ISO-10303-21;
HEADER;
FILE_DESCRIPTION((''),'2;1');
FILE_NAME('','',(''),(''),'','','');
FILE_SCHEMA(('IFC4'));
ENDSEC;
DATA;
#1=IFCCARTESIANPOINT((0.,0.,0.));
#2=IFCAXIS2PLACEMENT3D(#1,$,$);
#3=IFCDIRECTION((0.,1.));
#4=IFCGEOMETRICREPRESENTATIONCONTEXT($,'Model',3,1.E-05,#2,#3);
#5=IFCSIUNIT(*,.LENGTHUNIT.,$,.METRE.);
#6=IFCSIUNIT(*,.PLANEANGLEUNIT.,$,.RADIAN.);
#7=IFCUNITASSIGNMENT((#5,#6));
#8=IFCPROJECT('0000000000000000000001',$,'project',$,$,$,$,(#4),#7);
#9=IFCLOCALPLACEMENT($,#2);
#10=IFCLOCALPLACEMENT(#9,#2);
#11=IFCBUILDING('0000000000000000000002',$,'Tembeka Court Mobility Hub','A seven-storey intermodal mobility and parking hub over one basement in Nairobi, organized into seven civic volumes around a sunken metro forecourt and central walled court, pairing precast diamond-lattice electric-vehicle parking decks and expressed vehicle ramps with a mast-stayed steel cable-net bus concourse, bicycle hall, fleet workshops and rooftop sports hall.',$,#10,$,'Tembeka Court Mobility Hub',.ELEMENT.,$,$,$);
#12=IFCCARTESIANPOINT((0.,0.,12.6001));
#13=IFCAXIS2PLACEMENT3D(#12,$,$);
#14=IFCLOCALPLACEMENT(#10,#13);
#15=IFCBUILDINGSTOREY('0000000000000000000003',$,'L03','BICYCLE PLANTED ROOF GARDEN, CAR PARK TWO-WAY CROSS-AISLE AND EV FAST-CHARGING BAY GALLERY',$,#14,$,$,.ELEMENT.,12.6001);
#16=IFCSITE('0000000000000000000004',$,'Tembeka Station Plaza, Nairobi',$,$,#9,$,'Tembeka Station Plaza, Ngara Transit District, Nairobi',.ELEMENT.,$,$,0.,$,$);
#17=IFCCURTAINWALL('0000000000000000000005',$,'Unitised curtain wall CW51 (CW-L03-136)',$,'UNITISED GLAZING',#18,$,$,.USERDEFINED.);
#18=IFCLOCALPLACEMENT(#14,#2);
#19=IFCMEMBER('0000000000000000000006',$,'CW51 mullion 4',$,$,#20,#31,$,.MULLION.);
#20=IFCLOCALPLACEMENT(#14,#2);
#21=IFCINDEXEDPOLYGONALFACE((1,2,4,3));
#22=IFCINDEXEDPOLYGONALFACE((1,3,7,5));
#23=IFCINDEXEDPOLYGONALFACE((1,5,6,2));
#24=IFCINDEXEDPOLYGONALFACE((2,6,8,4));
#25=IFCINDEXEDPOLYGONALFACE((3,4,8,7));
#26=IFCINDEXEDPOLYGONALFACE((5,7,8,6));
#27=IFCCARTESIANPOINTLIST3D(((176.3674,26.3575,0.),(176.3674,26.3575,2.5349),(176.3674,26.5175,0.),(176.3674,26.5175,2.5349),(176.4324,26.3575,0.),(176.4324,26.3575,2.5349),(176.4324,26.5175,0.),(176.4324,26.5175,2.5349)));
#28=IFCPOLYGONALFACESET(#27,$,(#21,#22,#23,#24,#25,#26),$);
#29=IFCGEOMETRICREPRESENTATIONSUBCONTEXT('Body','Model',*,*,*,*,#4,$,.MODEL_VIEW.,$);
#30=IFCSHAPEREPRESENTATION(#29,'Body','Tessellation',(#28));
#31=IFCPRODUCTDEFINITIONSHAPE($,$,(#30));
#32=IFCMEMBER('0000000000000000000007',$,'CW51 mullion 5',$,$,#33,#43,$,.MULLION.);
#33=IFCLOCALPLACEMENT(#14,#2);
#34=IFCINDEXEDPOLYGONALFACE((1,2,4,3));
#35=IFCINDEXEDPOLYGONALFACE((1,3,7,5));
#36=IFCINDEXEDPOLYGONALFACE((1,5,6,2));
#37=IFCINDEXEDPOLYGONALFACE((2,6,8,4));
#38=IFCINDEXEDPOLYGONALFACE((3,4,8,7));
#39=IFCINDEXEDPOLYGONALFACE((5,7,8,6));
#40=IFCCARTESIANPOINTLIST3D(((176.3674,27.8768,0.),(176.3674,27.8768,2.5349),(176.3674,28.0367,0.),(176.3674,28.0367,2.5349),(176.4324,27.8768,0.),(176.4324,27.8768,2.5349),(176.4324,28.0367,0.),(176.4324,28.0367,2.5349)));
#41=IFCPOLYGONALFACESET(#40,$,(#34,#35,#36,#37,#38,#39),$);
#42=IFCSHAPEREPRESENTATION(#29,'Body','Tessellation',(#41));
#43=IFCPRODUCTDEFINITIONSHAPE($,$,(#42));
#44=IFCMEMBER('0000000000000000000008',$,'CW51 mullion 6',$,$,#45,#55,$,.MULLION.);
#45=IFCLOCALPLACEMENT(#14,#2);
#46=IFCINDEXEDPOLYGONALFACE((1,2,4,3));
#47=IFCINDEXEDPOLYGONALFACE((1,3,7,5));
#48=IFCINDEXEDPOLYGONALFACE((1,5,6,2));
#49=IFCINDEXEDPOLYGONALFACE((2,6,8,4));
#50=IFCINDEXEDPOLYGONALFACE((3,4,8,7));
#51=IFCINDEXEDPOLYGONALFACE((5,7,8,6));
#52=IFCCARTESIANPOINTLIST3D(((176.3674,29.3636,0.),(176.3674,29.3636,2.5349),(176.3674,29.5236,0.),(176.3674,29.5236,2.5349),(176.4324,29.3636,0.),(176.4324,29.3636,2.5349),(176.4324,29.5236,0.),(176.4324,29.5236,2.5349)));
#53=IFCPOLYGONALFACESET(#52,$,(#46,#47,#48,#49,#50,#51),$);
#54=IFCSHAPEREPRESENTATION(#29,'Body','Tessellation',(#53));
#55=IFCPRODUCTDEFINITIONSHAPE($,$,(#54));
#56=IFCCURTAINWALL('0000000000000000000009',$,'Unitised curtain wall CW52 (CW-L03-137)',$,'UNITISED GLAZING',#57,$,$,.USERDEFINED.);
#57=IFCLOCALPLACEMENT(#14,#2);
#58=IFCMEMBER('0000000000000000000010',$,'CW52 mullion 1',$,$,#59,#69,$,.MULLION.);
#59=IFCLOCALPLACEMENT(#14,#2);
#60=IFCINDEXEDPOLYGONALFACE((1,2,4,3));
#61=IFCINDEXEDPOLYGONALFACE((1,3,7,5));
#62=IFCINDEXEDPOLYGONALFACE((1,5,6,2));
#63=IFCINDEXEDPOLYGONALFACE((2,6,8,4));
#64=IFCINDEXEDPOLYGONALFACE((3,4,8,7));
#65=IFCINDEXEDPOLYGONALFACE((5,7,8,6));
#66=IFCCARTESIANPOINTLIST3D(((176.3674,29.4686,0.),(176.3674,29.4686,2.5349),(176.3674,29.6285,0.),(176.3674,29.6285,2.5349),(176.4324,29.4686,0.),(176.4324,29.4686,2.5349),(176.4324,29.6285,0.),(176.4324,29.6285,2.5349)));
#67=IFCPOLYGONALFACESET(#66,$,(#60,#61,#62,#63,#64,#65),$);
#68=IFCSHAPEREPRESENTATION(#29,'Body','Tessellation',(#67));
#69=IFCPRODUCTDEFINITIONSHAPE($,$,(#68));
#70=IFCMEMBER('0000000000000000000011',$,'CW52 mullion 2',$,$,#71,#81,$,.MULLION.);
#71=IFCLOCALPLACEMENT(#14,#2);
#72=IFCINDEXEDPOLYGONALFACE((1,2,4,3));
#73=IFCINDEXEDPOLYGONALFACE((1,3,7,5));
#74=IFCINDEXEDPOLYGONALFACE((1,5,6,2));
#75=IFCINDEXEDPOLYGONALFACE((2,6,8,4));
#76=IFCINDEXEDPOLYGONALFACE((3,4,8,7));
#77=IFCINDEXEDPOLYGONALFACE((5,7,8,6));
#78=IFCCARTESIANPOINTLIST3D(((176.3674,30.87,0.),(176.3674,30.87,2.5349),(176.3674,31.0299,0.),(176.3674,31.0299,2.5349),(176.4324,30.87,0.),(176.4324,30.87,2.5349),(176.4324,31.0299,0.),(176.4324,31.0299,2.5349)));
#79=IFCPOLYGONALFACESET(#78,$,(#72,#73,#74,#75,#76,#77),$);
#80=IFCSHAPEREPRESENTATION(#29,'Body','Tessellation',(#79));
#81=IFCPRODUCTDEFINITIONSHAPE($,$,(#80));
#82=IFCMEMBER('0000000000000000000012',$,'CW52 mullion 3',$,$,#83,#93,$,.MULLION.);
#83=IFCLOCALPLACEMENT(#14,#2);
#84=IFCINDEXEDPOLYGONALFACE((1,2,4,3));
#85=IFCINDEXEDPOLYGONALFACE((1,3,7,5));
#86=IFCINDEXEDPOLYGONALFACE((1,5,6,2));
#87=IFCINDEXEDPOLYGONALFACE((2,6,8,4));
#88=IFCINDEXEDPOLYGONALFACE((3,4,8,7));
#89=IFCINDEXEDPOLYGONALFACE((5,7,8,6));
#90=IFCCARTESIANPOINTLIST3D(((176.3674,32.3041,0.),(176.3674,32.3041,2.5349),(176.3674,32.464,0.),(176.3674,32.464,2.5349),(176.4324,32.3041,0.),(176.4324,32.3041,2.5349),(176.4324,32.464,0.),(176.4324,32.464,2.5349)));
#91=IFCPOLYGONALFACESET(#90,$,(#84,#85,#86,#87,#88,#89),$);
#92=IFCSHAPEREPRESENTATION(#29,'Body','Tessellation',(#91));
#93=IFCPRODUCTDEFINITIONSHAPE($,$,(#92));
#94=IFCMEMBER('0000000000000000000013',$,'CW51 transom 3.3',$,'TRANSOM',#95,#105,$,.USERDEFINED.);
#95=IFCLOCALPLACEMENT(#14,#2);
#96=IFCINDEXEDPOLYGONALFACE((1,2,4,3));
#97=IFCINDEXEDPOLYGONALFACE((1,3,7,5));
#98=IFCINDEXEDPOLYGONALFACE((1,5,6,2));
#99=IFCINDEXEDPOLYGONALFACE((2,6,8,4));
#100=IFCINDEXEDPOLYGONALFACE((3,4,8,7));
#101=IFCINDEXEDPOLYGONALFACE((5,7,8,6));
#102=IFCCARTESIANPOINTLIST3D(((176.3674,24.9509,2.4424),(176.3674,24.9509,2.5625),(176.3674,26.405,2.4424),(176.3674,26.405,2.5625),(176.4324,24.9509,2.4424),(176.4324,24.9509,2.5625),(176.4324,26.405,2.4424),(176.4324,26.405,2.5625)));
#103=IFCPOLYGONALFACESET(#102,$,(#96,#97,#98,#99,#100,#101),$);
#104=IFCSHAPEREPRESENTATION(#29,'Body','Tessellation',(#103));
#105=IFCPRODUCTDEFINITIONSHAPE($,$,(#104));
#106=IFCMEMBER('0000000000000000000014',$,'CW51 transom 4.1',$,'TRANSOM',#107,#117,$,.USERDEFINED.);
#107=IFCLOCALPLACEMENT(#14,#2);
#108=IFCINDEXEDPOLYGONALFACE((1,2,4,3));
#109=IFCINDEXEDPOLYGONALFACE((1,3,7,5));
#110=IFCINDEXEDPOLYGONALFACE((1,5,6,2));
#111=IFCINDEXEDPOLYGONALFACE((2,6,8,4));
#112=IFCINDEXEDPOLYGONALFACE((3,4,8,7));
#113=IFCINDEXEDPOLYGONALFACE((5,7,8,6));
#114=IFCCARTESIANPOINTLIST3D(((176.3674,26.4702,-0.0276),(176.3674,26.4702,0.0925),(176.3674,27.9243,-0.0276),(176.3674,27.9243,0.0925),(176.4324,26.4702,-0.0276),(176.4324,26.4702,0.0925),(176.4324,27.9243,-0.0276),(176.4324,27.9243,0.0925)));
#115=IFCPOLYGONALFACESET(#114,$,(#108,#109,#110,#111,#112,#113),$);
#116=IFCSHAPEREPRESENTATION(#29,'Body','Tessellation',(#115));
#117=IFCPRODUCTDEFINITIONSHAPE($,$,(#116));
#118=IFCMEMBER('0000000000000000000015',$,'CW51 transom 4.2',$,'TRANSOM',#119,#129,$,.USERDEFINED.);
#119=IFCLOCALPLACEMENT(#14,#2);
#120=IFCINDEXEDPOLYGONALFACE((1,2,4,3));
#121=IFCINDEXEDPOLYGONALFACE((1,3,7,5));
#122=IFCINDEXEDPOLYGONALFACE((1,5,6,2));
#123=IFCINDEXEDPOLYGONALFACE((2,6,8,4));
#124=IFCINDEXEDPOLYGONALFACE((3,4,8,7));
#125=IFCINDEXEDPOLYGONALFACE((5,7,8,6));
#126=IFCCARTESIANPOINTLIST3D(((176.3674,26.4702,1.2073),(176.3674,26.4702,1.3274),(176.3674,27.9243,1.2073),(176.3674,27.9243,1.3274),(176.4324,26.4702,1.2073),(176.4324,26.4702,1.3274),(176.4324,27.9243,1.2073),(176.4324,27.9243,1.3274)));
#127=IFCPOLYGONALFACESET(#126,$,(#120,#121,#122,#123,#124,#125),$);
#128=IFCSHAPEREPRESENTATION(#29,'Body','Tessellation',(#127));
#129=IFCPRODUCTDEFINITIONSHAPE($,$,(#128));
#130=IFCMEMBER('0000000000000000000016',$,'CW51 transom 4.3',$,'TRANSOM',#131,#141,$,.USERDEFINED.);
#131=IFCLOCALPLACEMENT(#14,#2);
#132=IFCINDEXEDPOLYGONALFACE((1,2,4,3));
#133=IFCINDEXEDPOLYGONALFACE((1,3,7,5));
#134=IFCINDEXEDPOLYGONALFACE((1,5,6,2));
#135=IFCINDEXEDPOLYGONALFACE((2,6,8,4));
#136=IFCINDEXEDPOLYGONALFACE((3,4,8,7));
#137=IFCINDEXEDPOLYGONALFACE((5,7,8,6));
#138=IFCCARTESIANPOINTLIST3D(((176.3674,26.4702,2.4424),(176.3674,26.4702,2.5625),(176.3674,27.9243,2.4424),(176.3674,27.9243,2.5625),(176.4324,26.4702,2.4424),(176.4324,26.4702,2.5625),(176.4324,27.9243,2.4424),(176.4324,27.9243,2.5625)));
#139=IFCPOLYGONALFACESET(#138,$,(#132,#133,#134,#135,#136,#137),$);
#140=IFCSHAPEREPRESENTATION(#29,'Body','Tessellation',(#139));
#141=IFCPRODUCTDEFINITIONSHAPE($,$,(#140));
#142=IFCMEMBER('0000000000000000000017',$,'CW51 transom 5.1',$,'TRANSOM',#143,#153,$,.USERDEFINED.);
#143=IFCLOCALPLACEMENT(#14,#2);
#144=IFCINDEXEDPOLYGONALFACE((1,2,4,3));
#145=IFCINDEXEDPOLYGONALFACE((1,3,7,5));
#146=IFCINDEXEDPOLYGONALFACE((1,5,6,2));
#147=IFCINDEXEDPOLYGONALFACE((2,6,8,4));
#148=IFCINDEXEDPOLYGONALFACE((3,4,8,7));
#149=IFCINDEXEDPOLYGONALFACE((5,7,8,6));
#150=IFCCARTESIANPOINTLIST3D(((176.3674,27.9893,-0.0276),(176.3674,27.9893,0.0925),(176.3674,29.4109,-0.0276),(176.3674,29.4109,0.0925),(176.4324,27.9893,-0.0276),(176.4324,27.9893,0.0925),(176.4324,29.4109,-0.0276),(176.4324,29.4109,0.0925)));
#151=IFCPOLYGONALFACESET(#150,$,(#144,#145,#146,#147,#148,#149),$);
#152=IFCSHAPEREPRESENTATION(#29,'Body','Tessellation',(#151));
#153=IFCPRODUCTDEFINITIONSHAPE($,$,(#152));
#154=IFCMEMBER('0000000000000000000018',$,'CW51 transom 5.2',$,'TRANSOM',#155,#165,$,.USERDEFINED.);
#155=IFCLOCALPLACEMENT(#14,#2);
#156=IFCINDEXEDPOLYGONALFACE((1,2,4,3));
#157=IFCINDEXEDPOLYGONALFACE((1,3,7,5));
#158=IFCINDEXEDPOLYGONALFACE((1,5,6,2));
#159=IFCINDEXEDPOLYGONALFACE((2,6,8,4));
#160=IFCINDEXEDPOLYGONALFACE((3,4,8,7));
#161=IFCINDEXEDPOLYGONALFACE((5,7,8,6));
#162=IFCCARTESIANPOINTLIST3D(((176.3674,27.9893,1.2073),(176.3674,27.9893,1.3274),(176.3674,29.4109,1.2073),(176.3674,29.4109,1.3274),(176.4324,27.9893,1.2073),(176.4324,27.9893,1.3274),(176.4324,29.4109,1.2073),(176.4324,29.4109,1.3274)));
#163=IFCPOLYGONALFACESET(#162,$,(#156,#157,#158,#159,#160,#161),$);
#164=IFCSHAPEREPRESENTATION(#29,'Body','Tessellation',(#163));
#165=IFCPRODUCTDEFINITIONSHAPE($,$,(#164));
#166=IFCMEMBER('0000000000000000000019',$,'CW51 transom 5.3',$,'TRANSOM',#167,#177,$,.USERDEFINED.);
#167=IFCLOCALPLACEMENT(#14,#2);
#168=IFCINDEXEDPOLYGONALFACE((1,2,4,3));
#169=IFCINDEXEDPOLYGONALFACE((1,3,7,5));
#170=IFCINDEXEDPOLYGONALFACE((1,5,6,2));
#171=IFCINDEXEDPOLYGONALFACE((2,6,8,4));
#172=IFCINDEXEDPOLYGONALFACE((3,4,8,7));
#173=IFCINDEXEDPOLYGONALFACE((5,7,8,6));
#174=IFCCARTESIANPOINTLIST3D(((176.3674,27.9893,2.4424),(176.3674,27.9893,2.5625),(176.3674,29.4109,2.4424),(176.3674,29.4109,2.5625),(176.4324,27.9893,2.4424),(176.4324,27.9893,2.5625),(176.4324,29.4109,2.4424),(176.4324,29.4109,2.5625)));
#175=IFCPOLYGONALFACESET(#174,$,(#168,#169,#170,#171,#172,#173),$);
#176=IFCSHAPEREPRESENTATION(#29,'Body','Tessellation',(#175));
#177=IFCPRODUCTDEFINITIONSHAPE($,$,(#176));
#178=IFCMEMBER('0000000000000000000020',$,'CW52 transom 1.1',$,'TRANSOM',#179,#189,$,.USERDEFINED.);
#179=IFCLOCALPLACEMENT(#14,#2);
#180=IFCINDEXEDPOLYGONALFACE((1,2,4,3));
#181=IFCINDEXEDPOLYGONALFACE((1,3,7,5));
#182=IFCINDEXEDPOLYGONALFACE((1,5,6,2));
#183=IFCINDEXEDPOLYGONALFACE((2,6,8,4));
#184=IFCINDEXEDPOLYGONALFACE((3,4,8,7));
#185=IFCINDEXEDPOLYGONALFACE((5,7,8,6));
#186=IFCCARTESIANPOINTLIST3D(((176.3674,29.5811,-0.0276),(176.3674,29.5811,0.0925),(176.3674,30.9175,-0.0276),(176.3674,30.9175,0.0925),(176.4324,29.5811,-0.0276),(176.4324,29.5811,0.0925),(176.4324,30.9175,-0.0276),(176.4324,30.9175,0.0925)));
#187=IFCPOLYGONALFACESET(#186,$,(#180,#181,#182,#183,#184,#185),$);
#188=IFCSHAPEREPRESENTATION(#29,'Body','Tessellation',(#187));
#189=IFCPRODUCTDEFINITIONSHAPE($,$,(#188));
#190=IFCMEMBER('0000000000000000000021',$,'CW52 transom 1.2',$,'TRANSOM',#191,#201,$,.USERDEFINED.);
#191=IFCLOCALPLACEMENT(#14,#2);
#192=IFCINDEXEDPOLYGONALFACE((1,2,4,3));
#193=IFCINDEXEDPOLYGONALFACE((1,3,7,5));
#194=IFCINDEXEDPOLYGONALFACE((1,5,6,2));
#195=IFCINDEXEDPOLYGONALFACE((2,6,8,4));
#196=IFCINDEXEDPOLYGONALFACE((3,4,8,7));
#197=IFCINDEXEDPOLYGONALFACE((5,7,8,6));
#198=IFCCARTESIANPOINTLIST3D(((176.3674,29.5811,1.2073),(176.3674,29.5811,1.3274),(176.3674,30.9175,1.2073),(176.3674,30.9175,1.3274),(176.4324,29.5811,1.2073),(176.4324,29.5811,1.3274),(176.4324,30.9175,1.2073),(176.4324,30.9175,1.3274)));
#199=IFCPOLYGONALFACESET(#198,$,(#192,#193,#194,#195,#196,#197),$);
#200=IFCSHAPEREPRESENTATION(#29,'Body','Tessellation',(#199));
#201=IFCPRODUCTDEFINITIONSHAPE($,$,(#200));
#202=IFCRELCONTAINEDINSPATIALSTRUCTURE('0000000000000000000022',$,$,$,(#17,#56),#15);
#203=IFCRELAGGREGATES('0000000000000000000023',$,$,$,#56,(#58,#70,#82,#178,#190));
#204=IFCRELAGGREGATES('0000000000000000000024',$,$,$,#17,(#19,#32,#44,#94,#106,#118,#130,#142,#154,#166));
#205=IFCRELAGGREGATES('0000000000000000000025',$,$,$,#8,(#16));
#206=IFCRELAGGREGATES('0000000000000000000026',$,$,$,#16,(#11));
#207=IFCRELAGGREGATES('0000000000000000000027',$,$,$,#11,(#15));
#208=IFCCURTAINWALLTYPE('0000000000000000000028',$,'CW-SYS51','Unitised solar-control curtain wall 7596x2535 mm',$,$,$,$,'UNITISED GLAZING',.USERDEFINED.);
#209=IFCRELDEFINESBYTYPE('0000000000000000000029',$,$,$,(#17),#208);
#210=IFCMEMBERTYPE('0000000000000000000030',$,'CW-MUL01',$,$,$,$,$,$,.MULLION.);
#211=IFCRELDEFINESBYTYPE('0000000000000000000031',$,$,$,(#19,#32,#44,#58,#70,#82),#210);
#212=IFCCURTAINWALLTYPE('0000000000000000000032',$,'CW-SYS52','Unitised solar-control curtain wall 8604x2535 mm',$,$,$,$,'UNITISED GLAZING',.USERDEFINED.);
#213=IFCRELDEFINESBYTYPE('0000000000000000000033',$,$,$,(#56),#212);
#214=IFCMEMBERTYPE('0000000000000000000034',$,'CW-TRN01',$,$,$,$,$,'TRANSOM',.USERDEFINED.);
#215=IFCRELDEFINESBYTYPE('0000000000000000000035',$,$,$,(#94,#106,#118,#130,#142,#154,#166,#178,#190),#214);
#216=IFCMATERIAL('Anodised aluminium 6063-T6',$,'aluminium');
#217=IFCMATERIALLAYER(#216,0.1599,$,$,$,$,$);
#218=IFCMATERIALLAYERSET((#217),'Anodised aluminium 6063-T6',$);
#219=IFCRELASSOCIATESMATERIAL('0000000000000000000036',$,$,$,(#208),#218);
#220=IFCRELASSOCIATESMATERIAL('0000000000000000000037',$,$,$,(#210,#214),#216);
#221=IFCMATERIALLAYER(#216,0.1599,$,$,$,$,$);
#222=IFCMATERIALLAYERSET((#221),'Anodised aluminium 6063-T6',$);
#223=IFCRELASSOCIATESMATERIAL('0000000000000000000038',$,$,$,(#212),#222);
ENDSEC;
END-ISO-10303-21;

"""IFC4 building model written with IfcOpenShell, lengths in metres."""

from ifc_helpers import new_model, si_unit, direction, frame, origin, origin_2d, place, context, subcontext, project, spatial, rectangle, extrude, material, layer, layer_set, material_profile, profile_set, type_object, element, aggregate, save


model = new_model("IFC4")

# Units and contexts
model_context = context("Model", 3, precision=1e-05, world=origin(), true_north=direction((0.0, 1.0)))
body_context = subcontext(model_context, "Body", "Model", "MODEL_VIEW")
ifc_project = project(units=[si_unit("LENGTHUNIT", "METRE"), si_unit("PLANEANGLEUNIT", "RADIAN")], contexts=[model_context])

# Site, building, storey
site_placement = place(None, origin())
site = spatial("IfcSite", under=ifc_project, at=site_placement, Name="Tembeka Station Plaza, Nairobi", LongName="Tembeka Station Plaza, Ngara Transit District, Nairobi", CompositionType="ELEMENT", RefElevation=0.0)
building_placement = place(site_placement, origin())
building = spatial("IfcBuilding", under=site, at=building_placement, Name="Tembeka Court Mobility Hub", Description="A seven-storey intermodal mobility and parking hub over one basement in Nairobi, organized into seven civic volumes around a sunken metro forecourt and central walled court, pairing precast diamond-lattice electric-vehicle parking decks and expressed vehicle ramps with a mast-stayed steel cable-net bus concourse, bicycle hall, fleet workshops and rooftop sports hall.", LongName="Tembeka Court Mobility Hub", CompositionType="ELEMENT")
storey_placement = place(building_placement, frame((0.0, 0.0, 12.6001)))
storey = spatial("IfcBuildingStorey", under=building, at=storey_placement, Name="L03", Description="BICYCLE PLANTED ROOF GARDEN, CAR PARK TWO-WAY CROSS-AISLE AND EV FAST-CHARGING BAY GALLERY", CompositionType="ELEMENT", Elevation=12.6001)

# Curtain walls, members
ifc_material_1 = material(Name="Anodised aluminium 6063-T6", Category="aluminium")
ifc_layer_1 = layer(ifc_material_1, 0.1599)
ifc_layer_set_1 = layer_set([ifc_layer_1], Name="Anodised aluminium 6063-T6")
curtain_wall_type_1 = type_object("IfcCurtainWallType", Name="CW-SYS51", Description="Unitised solar-control curtain wall 7596x2535 mm", ElementType="UNITISED GLAZING", PredefinedType="USERDEFINED", material=ifc_layer_set_1)
curtain_wall_1_placement = place(storey_placement, origin())
curtain_wall_1 = element("IfcCurtainWall", 1, at=curtain_wall_1_placement, inside=storey, type_object=curtain_wall_type_1, Name="Unitised curtain wall CW51 (CW-L03-136)", ObjectType="UNITISED GLAZING", PredefinedType="USERDEFINED")
ifc_material_profile_1 = material_profile(ifc_material_1, rectangle(XDim=0.0649, YDim=0.1599, at=origin_2d()), Name="ALU-MUL 65x160")
ifc_profile_set_1 = profile_set([ifc_material_profile_1], Name="Anodised aluminium 6063-T6")
member_type_1 = type_object("IfcMemberType", Name="CW-MUL01", PredefinedType="MULLION", material=ifc_profile_set_1)
member_1_placement = place(storey_placement, frame((176.3999, 26.4375, 0.0), z_axis=(0.0, 0.0, 1.0), x_axis=(-1.0, 0.0, 0.0)))
member_1 = element("IfcMember", 2, at=member_1_placement, type_object=member_type_1, Name="CW51 mullion 4", PredefinedType="MULLION", context=body_context, shape_type="SweptSolid", body=[
    extrude(rectangle(XDim=0.0649, YDim=0.1599, at=origin_2d()), origin(), (0.0, 0.0, 1.0), 2.5349),
])
member_2_placement = place(storey_placement, frame((176.3999, 27.9568, 0.0), z_axis=(0.0, 0.0, 1.0), x_axis=(-1.0, 0.0, 0.0)))
member_2 = element("IfcMember", 3, at=member_2_placement, type_object=member_type_1, Name="CW51 mullion 5", PredefinedType="MULLION", context=body_context, shape_type="SweptSolid", body=[
    extrude(rectangle(XDim=0.0649, YDim=0.1599, at=origin_2d()), origin(), (0.0, 0.0, 1.0), 2.5349),
])
member_3_placement = place(storey_placement, frame((176.3999, 29.4436, 0.0), z_axis=(0.0, 0.0, 1.0), x_axis=(-1.0, 0.0, 0.0)))
member_3 = element("IfcMember", 4, at=member_3_placement, type_object=member_type_1, Name="CW51 mullion 6", PredefinedType="MULLION", context=body_context, shape_type="SweptSolid", body=[
    extrude(rectangle(XDim=0.0649, YDim=0.1599, at=origin_2d()), origin(), (0.0, 0.0, 1.0), 2.5349),
])
ifc_layer_2 = layer(ifc_material_1, 0.1599)
ifc_layer_set_2 = layer_set([ifc_layer_2], Name="Anodised aluminium 6063-T6")
curtain_wall_type_2 = type_object("IfcCurtainWallType", Name="CW-SYS52", Description="Unitised solar-control curtain wall 8604x2535 mm", ElementType="UNITISED GLAZING", PredefinedType="USERDEFINED", material=ifc_layer_set_2)
curtain_wall_2_placement = place(storey_placement, origin())
curtain_wall_2 = element("IfcCurtainWall", 5, at=curtain_wall_2_placement, inside=storey, type_object=curtain_wall_type_2, Name="Unitised curtain wall CW52 (CW-L03-137)", ObjectType="UNITISED GLAZING", PredefinedType="USERDEFINED")
member_4_placement = place(storey_placement, frame((176.3999, 29.5486, 0.0), z_axis=(0.0, 0.0, 1.0), x_axis=(-1.0, 0.0, 0.0)))
member_4 = element("IfcMember", 6, at=member_4_placement, type_object=member_type_1, Name="CW52 mullion 1", PredefinedType="MULLION", context=body_context, shape_type="SweptSolid", body=[
    extrude(rectangle(XDim=0.0649, YDim=0.1599, at=origin_2d()), origin(), (0.0, 0.0, 1.0), 2.5349),
])
member_5_placement = place(storey_placement, frame((176.3999, 30.95, 0.0), z_axis=(0.0, 0.0, 1.0), x_axis=(-1.0, 0.0, 0.0)))
member_5 = element("IfcMember", 7, at=member_5_placement, type_object=member_type_1, Name="CW52 mullion 2", PredefinedType="MULLION", context=body_context, shape_type="SweptSolid", body=[
    extrude(rectangle(XDim=0.0649, YDim=0.1599, at=origin_2d()), origin(), (0.0, 0.0, 1.0), 2.5349),
])
member_6_placement = place(storey_placement, frame((176.3999, 32.384, 0.0), z_axis=(0.0, 0.0, 1.0), x_axis=(-1.0, 0.0, 0.0)))
member_6 = element("IfcMember", 8, at=member_6_placement, type_object=member_type_1, Name="CW52 mullion 3", PredefinedType="MULLION", context=body_context, shape_type="SweptSolid", body=[
    extrude(rectangle(XDim=0.0649, YDim=0.1599, at=origin_2d()), origin(), (0.0, 0.0, 1.0), 2.5349),
])

# Members
ifc_material_profile_2 = material_profile(ifc_material_1, rectangle(XDim=0.0649, YDim=0.1201, at=origin_2d()), Name="ALU-TRN 65x120")
ifc_profile_set_2 = profile_set([ifc_material_profile_2], Name="Anodised aluminium 6063-T6")
member_type_2 = type_object("IfcMemberType", Name="CW-TRN01", ElementType="TRANSOM", PredefinedType="USERDEFINED", material=ifc_profile_set_2)
member_7_placement = place(storey_placement, frame((176.3999, 24.9509, 2.5024), z_axis=(0.0, 1.0, 0.0), x_axis=(-1.0, 0.0, 0.0)))
member_7 = element("IfcMember", 9, at=member_7_placement, type_object=member_type_2, Name="CW51 transom 3.3", ObjectType="TRANSOM", PredefinedType="USERDEFINED", context=body_context, shape_type="SweptSolid", body=[
    extrude(rectangle(XDim=0.0649, YDim=0.1201, at=origin_2d()), origin(), (0.0, 0.0, 1.0), 1.4541),
])
member_8_placement = place(storey_placement, frame((176.3999, 26.4702, 0.0325), z_axis=(0.0, 1.0, 0.0), x_axis=(-1.0, 0.0, 0.0)))
member_8 = element("IfcMember", 10, at=member_8_placement, type_object=member_type_2, Name="CW51 transom 4.1", ObjectType="TRANSOM", PredefinedType="USERDEFINED", context=body_context, shape_type="SweptSolid", body=[
    extrude(rectangle(XDim=0.0649, YDim=0.1201, at=origin_2d()), origin(), (0.0, 0.0, 1.0), 1.4541),
])
member_9_placement = place(storey_placement, frame((176.3999, 26.4702, 1.2673), z_axis=(0.0, 1.0, 0.0), x_axis=(-1.0, 0.0, 0.0)))
member_9 = element("IfcMember", 11, at=member_9_placement, type_object=member_type_2, Name="CW51 transom 4.2", ObjectType="TRANSOM", PredefinedType="USERDEFINED", context=body_context, shape_type="SweptSolid", body=[
    extrude(rectangle(XDim=0.0649, YDim=0.1201, at=origin_2d()), origin(), (0.0, 0.0, 1.0), 1.4541),
])
member_10_placement = place(storey_placement, frame((176.3999, 26.4702, 2.5024), z_axis=(0.0, 1.0, 0.0), x_axis=(-1.0, 0.0, 0.0)))
member_10 = element("IfcMember", 12, at=member_10_placement, type_object=member_type_2, Name="CW51 transom 4.3", ObjectType="TRANSOM", PredefinedType="USERDEFINED", context=body_context, shape_type="SweptSolid", body=[
    extrude(rectangle(XDim=0.0649, YDim=0.1201, at=origin_2d()), origin(), (0.0, 0.0, 1.0), 1.4541),
])
member_11_placement = place(storey_placement, frame((176.3999, 27.9893, 0.0325), z_axis=(0.0, 1.0, 0.0), x_axis=(-1.0, 0.0, 0.0)))
member_11 = element("IfcMember", 13, at=member_11_placement, type_object=member_type_2, Name="CW51 transom 5.1", ObjectType="TRANSOM", PredefinedType="USERDEFINED", context=body_context, shape_type="SweptSolid", body=[
    extrude(rectangle(XDim=0.0649, YDim=0.1201, at=origin_2d()), origin(), (0.0, 0.0, 1.0), 1.4216),
])
member_12_placement = place(storey_placement, frame((176.3999, 27.9893, 1.2673), z_axis=(0.0, 1.0, 0.0), x_axis=(-1.0, 0.0, 0.0)))
member_12 = element("IfcMember", 14, at=member_12_placement, type_object=member_type_2, Name="CW51 transom 5.2", ObjectType="TRANSOM", PredefinedType="USERDEFINED", context=body_context, shape_type="SweptSolid", body=[
    extrude(rectangle(XDim=0.0649, YDim=0.1201, at=origin_2d()), origin(), (0.0, 0.0, 1.0), 1.4216),
])
member_13_placement = place(storey_placement, frame((176.3999, 27.9893, 2.5024), z_axis=(0.0, 1.0, 0.0), x_axis=(-1.0, 0.0, 0.0)))
member_13 = element("IfcMember", 15, at=member_13_placement, type_object=member_type_2, Name="CW51 transom 5.3", ObjectType="TRANSOM", PredefinedType="USERDEFINED", context=body_context, shape_type="SweptSolid", body=[
    extrude(rectangle(XDim=0.0649, YDim=0.1201, at=origin_2d()), origin(), (0.0, 0.0, 1.0), 1.4216),
])
member_14_placement = place(storey_placement, frame((176.3999, 29.5811, 0.0325), z_axis=(0.0, 1.0, 0.0), x_axis=(-1.0, 0.0, 0.0)))
member_14 = element("IfcMember", 16, at=member_14_placement, type_object=member_type_2, Name="CW52 transom 1.1", ObjectType="TRANSOM", PredefinedType="USERDEFINED", context=body_context, shape_type="SweptSolid", body=[
    extrude(rectangle(XDim=0.0649, YDim=0.1201, at=origin_2d()), origin(), (0.0, 0.0, 1.0), 1.3364),
])
member_15_placement = place(storey_placement, frame((176.3999, 29.5811, 1.2673), z_axis=(0.0, 1.0, 0.0), x_axis=(-1.0, 0.0, 0.0)))
member_15 = element("IfcMember", 17, at=member_15_placement, type_object=member_type_2, Name="CW52 transom 1.2", ObjectType="TRANSOM", PredefinedType="USERDEFINED", context=body_context, shape_type="SweptSolid", body=[
    extrude(rectangle(XDim=0.0649, YDim=0.1201, at=origin_2d()), origin(), (0.0, 0.0, 1.0), 1.3364),
])

aggregate(curtain_wall_2, [member_4, member_5, member_6, member_14, member_15])
aggregate(curtain_wall_1, [member_1, member_2, member_3, member_7, member_8, member_9, member_10, member_11, member_12, member_13])

save(model, "model.ifc")
